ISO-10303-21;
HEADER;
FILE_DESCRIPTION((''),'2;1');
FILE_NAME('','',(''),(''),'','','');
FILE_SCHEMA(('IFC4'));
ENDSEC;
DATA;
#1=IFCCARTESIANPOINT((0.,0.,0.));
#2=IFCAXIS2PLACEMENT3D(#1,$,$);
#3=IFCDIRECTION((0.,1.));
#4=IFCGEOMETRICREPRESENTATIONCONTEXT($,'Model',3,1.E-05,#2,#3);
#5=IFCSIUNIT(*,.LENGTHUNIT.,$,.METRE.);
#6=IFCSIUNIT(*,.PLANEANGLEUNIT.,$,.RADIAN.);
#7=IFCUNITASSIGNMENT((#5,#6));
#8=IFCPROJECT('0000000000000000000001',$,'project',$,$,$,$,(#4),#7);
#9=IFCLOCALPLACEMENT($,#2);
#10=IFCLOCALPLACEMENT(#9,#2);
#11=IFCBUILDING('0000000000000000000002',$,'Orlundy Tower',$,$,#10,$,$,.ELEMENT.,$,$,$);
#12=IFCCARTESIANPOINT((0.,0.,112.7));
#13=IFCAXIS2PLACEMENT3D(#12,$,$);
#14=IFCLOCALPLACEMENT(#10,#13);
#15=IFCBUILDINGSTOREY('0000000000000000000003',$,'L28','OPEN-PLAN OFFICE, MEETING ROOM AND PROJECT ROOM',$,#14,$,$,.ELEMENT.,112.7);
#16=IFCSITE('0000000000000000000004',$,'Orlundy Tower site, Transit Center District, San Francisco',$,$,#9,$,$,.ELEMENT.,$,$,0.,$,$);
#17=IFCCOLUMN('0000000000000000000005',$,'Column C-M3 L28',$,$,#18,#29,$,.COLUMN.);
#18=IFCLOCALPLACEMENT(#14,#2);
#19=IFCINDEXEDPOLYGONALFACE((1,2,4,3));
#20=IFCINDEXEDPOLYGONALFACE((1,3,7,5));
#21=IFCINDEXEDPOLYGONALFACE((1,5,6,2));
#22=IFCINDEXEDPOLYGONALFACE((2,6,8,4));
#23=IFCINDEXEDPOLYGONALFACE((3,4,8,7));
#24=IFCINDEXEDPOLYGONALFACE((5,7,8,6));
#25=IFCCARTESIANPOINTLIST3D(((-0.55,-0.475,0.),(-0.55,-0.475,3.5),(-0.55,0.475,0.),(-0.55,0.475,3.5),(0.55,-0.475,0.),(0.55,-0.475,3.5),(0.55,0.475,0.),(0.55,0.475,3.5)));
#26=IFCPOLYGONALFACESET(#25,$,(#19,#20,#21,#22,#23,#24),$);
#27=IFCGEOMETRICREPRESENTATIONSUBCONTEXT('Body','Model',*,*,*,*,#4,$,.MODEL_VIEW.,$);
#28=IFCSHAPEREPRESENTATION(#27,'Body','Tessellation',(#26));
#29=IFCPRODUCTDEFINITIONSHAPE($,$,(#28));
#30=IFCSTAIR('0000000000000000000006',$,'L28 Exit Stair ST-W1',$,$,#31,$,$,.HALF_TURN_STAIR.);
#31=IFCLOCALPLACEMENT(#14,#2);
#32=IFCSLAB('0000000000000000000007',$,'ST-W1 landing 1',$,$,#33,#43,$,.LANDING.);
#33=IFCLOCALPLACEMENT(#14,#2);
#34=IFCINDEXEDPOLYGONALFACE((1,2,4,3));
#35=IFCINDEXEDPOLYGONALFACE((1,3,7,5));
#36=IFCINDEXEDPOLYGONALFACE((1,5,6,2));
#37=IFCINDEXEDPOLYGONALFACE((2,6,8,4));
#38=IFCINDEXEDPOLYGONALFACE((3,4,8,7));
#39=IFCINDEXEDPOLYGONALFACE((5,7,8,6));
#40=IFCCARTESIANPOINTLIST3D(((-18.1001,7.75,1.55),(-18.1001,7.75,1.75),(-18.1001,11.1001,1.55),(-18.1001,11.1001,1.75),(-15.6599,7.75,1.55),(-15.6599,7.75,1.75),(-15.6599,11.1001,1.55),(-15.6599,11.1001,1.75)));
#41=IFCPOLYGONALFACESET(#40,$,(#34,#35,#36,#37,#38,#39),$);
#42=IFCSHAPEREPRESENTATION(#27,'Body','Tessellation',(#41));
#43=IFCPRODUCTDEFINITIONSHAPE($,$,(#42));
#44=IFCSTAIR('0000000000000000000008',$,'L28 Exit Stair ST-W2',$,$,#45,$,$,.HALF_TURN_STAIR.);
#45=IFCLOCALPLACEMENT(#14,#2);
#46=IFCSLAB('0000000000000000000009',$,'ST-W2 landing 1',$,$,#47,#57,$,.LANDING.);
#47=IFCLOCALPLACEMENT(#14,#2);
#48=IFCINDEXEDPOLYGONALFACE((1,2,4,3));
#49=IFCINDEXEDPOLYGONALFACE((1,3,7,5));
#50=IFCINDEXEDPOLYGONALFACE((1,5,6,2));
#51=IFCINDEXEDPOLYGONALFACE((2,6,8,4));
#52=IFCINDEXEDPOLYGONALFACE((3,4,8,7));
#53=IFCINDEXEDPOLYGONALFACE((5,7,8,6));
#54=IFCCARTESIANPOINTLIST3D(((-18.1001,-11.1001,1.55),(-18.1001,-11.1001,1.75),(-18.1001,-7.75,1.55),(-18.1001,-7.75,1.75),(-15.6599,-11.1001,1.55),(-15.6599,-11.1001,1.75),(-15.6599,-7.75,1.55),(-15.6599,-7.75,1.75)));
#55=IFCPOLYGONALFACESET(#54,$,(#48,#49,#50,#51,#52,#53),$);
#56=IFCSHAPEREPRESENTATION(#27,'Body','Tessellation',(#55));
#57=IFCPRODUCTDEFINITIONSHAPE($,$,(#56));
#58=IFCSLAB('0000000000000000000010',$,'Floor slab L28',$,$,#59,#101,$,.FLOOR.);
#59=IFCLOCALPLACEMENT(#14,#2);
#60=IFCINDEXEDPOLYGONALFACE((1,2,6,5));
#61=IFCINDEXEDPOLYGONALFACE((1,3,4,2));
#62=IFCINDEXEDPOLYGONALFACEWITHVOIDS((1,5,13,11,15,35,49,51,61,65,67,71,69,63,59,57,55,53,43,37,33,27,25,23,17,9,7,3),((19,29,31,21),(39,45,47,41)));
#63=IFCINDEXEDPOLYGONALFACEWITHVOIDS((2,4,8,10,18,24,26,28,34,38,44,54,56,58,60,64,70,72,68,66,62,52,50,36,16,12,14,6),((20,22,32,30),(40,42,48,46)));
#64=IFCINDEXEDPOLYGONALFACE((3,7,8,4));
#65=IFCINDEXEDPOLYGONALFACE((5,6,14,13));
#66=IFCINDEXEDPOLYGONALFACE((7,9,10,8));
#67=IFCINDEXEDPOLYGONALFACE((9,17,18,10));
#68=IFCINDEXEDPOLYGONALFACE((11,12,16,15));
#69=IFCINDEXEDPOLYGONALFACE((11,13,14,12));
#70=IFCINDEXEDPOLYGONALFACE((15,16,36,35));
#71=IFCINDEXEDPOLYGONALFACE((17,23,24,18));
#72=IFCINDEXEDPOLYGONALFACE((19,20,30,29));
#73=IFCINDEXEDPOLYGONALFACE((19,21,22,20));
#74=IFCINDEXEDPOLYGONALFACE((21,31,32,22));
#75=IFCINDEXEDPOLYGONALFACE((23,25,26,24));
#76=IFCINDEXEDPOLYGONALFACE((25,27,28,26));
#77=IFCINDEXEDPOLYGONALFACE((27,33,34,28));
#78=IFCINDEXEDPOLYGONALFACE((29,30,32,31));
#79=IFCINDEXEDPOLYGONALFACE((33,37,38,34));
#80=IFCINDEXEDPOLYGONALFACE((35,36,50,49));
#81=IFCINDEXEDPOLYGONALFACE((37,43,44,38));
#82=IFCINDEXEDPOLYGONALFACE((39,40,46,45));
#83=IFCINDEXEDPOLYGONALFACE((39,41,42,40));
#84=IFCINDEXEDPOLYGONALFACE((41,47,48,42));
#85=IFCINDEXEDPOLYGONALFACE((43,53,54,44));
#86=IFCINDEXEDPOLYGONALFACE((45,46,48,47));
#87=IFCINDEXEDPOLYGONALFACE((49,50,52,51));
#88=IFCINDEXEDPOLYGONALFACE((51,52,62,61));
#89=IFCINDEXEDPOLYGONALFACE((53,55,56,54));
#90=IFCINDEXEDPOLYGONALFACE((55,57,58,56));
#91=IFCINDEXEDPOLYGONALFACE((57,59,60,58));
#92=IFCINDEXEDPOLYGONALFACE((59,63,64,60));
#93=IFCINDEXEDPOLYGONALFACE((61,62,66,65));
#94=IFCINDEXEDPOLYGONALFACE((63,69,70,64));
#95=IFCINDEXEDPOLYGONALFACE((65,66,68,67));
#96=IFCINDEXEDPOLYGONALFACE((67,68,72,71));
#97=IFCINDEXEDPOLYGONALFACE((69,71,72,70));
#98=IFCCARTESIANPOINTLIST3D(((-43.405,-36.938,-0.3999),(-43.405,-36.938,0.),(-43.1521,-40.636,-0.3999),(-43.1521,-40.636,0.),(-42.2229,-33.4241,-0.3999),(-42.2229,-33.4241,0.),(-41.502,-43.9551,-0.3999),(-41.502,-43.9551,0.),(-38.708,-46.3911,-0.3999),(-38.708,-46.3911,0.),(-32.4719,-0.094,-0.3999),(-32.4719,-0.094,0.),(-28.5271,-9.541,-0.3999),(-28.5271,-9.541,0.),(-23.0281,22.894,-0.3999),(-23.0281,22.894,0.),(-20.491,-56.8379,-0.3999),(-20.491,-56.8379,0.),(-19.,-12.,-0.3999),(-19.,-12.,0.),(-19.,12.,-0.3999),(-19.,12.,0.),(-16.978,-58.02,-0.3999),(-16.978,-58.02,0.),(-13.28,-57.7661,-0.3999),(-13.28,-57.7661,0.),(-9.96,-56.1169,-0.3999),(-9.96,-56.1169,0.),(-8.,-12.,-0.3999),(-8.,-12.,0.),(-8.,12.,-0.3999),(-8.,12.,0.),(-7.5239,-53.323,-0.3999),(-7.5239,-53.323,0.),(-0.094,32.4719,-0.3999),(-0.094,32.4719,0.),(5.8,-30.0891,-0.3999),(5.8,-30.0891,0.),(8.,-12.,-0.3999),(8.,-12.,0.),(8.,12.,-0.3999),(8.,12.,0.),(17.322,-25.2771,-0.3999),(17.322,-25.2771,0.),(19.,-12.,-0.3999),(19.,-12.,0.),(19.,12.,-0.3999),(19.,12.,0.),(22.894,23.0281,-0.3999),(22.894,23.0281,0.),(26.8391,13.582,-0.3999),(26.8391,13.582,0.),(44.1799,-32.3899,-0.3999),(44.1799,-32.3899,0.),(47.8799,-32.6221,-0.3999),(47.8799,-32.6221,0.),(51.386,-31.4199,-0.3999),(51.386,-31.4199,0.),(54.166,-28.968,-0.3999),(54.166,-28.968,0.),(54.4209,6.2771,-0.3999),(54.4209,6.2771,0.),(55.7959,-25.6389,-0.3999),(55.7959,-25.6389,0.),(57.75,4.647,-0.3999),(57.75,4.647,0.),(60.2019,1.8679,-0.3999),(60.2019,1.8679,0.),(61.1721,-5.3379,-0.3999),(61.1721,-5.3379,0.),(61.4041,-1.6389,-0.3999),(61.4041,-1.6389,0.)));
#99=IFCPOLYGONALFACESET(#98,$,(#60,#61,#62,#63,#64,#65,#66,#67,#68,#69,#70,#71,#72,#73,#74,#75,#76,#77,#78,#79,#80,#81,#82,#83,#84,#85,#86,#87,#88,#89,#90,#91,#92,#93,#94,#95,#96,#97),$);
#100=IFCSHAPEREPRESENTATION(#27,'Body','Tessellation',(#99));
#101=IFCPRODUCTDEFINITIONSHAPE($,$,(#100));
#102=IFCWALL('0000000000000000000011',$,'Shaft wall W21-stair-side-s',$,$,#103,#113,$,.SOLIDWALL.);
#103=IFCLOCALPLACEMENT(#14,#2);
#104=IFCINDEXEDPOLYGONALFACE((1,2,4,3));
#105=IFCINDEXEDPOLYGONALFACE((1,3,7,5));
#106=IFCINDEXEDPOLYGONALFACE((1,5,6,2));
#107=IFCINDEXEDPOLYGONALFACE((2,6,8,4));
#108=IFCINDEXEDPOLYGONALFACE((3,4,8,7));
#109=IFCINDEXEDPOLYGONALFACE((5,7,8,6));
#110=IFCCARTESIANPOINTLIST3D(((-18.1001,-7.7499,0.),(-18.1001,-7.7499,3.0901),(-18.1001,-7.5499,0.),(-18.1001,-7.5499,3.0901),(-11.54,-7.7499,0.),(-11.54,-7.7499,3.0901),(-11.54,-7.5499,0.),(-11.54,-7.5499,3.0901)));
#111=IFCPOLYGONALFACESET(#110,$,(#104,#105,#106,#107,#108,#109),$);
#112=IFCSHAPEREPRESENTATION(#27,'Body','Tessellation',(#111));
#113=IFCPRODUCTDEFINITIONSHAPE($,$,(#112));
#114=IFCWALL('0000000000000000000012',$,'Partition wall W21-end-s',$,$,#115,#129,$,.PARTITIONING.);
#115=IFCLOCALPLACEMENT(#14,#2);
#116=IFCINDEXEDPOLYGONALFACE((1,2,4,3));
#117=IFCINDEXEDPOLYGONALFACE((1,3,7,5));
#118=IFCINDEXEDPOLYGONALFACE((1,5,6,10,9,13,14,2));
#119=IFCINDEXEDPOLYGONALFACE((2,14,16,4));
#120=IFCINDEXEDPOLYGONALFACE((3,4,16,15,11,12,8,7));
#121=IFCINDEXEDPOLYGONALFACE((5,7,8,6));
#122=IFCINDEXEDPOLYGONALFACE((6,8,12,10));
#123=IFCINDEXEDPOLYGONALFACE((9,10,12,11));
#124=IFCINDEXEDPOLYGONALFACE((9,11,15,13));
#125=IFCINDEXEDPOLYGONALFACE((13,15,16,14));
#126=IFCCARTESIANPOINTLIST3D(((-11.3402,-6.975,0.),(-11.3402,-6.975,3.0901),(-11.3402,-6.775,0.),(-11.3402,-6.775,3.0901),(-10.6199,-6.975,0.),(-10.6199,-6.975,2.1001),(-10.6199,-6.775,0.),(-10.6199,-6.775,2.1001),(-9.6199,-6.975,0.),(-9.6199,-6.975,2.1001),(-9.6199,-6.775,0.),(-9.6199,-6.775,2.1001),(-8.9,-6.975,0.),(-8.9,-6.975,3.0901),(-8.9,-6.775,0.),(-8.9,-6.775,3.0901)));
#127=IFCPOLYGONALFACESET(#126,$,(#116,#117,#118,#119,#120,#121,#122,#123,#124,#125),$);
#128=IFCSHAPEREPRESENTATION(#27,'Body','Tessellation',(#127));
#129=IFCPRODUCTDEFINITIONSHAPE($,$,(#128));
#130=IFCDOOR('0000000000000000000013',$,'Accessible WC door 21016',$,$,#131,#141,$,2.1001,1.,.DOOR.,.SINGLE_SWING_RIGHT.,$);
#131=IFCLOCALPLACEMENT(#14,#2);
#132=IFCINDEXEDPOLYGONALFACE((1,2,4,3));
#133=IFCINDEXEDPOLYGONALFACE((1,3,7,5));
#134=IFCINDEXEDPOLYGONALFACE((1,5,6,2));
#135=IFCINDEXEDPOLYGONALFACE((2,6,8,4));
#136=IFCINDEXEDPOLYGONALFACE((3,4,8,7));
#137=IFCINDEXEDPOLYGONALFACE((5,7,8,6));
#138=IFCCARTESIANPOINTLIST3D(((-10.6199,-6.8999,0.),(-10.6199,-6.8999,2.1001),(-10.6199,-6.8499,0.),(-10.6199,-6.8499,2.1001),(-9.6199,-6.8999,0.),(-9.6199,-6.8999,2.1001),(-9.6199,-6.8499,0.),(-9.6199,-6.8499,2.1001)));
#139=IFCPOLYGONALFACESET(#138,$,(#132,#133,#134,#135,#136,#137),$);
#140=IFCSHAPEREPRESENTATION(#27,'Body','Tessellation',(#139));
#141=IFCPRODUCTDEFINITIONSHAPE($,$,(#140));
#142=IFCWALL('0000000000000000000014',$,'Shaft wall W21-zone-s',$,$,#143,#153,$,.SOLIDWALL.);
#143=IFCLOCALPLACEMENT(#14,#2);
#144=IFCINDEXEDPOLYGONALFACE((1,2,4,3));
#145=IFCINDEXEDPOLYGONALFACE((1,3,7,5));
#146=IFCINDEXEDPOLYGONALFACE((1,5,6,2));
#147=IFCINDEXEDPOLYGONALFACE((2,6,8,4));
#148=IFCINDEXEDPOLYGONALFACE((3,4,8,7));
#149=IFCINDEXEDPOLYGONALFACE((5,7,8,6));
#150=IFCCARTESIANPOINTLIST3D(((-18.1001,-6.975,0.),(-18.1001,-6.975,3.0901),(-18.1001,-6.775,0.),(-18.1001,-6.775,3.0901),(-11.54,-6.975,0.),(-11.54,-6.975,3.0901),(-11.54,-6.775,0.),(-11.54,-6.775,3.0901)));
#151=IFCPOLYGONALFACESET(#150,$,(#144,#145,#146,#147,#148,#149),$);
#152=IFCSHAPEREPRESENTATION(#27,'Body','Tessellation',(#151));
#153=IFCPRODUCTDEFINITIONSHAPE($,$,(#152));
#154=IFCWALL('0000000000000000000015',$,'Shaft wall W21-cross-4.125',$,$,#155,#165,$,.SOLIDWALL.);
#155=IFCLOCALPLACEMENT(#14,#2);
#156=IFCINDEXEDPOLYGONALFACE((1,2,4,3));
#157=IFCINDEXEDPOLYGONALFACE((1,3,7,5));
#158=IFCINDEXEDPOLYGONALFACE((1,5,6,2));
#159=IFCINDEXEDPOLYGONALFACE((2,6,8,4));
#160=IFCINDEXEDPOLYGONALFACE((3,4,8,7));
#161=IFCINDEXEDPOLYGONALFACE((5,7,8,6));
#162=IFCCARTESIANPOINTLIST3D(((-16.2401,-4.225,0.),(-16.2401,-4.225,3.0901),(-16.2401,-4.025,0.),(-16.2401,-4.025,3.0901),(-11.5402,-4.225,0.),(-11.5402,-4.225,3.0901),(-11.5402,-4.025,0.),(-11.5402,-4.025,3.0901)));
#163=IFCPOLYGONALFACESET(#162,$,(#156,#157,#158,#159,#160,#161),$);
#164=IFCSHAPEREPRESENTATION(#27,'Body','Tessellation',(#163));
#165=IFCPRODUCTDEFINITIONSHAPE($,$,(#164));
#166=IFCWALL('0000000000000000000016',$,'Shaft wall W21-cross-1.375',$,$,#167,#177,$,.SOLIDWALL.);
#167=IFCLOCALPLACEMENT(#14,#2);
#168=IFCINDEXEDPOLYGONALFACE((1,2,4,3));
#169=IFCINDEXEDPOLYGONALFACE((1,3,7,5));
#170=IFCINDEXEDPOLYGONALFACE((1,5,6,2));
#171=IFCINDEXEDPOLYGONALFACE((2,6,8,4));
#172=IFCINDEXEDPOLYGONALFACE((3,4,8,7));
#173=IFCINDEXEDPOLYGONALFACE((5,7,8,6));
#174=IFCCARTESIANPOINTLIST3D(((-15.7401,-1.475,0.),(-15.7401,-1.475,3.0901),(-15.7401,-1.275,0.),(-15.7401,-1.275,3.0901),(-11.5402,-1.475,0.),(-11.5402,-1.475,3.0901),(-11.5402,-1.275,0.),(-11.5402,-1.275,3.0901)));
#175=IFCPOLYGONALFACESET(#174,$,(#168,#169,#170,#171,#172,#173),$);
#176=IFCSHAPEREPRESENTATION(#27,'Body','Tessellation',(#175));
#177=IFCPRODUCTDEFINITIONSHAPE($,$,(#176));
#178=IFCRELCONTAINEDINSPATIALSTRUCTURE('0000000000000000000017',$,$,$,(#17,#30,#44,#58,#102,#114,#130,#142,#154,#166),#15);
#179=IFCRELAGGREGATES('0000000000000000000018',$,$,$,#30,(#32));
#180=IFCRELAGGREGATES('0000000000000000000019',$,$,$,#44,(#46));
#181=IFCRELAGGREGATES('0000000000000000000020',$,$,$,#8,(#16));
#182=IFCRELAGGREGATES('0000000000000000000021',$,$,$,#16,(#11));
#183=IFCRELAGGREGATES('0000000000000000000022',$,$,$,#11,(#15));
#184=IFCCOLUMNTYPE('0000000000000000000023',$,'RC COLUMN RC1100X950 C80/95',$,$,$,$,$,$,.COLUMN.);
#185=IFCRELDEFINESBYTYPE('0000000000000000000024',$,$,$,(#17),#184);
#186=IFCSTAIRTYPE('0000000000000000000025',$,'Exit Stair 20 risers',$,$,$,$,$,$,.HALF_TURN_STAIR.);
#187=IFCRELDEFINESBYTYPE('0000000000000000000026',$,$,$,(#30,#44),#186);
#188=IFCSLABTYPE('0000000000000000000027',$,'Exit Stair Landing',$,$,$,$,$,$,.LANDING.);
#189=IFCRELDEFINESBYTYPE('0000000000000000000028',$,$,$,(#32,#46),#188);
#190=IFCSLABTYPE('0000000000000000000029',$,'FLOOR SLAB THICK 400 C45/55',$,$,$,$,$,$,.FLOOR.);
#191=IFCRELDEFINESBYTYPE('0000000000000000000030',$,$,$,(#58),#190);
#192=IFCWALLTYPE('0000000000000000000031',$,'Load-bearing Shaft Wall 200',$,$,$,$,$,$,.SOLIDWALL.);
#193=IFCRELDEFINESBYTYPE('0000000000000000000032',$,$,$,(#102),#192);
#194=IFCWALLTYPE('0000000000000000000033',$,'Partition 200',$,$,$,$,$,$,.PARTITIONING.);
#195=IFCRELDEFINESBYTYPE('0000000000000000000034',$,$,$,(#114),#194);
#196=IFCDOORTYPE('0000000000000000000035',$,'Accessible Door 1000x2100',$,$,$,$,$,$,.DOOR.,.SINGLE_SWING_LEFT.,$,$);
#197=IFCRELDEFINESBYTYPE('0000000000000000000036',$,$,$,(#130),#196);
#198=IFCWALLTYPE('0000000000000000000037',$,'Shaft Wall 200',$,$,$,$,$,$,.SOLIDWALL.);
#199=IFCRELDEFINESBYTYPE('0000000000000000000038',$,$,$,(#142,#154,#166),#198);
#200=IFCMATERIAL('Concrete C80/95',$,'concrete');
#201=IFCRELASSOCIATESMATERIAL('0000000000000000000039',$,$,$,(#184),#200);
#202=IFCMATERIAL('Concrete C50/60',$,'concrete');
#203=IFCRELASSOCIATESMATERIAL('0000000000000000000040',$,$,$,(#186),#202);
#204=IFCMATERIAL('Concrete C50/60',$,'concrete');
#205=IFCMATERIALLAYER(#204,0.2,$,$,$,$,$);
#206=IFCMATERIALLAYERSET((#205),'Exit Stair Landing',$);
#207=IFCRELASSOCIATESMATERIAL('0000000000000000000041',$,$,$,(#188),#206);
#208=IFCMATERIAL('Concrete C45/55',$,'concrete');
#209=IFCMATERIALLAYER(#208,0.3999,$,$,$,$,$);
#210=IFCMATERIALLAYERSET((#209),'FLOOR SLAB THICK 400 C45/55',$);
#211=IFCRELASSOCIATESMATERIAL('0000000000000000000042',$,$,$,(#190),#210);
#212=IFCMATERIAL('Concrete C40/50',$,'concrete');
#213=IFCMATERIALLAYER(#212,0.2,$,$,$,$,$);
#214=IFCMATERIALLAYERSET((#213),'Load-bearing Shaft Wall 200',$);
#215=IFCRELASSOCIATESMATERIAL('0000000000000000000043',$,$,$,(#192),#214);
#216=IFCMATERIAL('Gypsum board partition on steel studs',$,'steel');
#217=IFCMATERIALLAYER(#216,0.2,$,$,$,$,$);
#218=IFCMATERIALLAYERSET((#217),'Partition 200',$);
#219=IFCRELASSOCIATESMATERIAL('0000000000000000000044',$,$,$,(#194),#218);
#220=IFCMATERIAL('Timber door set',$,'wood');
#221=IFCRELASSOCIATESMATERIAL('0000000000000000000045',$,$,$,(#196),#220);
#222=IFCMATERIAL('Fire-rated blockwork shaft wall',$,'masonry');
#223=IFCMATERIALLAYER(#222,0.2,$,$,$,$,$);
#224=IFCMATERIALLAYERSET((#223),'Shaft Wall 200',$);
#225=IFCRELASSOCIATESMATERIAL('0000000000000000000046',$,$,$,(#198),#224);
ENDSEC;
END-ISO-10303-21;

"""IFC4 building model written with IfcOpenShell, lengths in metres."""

from ifc_helpers import new_model, si_unit, direction, frame, frame_2d, origin, origin_with_axes, origin_2d, place, context, subcontext, project, spatial, polyline, rectangle, outline, extrude, material, layer, layer_set, material_profile, profile_set, type_object, element, fill, aggregate, save


model = new_model("IFC4")

# Units and contexts
model_context = context("Model", 3, precision=1e-05, world=origin(), true_north=direction((0.0, 1.0)))
body_context = subcontext(model_context, "Body", "Model", "MODEL_VIEW")
ifc_project = project(units=[si_unit("LENGTHUNIT", "METRE"), si_unit("PLANEANGLEUNIT", "RADIAN")], contexts=[model_context])

# Site, building, storey
site_placement = place(None, origin())
site = spatial("IfcSite", under=ifc_project, at=site_placement, Name="Orlundy Tower site, Transit Center District, San Francisco", CompositionType="ELEMENT", RefElevation=0.0)
building_placement = place(site_placement, origin())
building = spatial("IfcBuilding", under=site, at=building_placement, Name="Orlundy Tower", CompositionType="ELEMENT")
storey_placement = place(building_placement, frame((0.0, 0.0, 112.7)))
storey = spatial("IfcBuildingStorey", under=building, at=storey_placement, Name="L28", Description="OPEN-PLAN OFFICE, MEETING ROOM AND PROJECT ROOM", CompositionType="ELEMENT", Elevation=112.7)

# Column
ifc_material_1 = material(Name="Concrete C80/95", Category="concrete")
ifc_material_profile = material_profile(ifc_material_1, rectangle(XDim=1.1001, YDim=0.95, at=origin_2d()), Name="RC1100X950")
ifc_profile_set = profile_set([ifc_material_profile], Name="Concrete C80/95")
column_type = type_object("IfcColumnType", Name="RC COLUMN RC1100X950 C80/95", PredefinedType="COLUMN", material=ifc_profile_set)
column_placement = place(storey_placement, origin_with_axes())
element("IfcColumn", 1, at=column_placement, inside=storey, type_object=column_type, Name="Column C-M3 L28", PredefinedType="COLUMN", context=body_context, shape_type="SweptSolid", body=[
    extrude(rectangle(XDim=1.1001, YDim=0.95, at=origin_2d()), origin(), (0.0, 0.0, 1.0), 3.5),
])

# Stairs, slabs
ifc_material_2 = material(Name="Concrete C50/60", Category="concrete")
stair_type = type_object("IfcStairType", Name="Exit Stair 20 risers", PredefinedType="HALF_TURN_STAIR", material=ifc_material_2)
stair_1_placement = place(storey_placement, origin())
stair_1 = element("IfcStair", 2, at=stair_1_placement, inside=storey, type_object=stair_type, Name="L28 Exit Stair ST-W1", PredefinedType="HALF_TURN_STAIR")
ifc_material_3 = material(Name="Concrete C50/60", Category="concrete")
ifc_layer_1 = layer(ifc_material_3, 0.2)
ifc_layer_set_1 = layer_set([ifc_layer_1], Name="Exit Stair Landing")
slab_type_1 = type_object("IfcSlabType", Name="Exit Stair Landing", PredefinedType="LANDING", material=ifc_layer_set_1)
slab_1_placement = place(storey_placement, frame((0.0, 0.0, 1.55)))
slab_1 = element("IfcSlab", 3, at=slab_1_placement, type_object=slab_type_1, Name="ST-W1 landing 1", PredefinedType="LANDING", context=body_context, shape_type="SweptSolid", body=[
    extrude(outline(polyline([(-15.6599, 11.1001), (-18.1001, 11.1001), (-18.1001, 7.75), (-15.6599, 7.75), (-15.6599, 11.1001)])), origin(), (0.0, 0.0, 1.0), 0.2),
])
aggregate(stair_1, [slab_1])
stair_2_placement = place(storey_placement, origin())
stair_2 = element("IfcStair", 4, at=stair_2_placement, inside=storey, type_object=stair_type, Name="L28 Exit Stair ST-W2", PredefinedType="HALF_TURN_STAIR")
slab_2_placement = place(storey_placement, frame((0.0, 0.0, 1.55)))
slab_2 = element("IfcSlab", 5, at=slab_2_placement, type_object=slab_type_1, Name="ST-W2 landing 1", PredefinedType="LANDING", context=body_context, shape_type="SweptSolid", body=[
    extrude(outline(polyline([(-15.6599, -7.75), (-18.1001, -7.75), (-18.1001, -11.1001), (-15.6599, -11.1001), (-15.6599, -7.75)])), origin(), (0.0, 0.0, 1.0), 0.2),
])
aggregate(stair_2, [slab_2])

# Slab
ifc_material_4 = material(Name="Concrete C45/55", Category="concrete")
ifc_layer_2 = layer(ifc_material_4, 0.3999)
ifc_layer_set_2 = layer_set([ifc_layer_2], Name="FLOOR SLAB THICK 400 C45/55")
slab_type_2 = type_object("IfcSlabType", Name="FLOOR SLAB THICK 400 C45/55", PredefinedType="FLOOR", material=ifc_layer_set_2)
slab_3_placement = place(storey_placement, frame((0.0, 0.0, -0.3999)))
element("IfcSlab", 6, at=slab_3_placement, inside=storey, type_object=slab_type_2, Name="Floor slab L28", PredefinedType="FLOOR", context=body_context, shape_type="SweptSolid", body=[
    extrude(outline(polyline([(17.322, -25.2771), (5.8, -30.0891), (-7.5239, -53.323), (-9.96, -56.1169), (-13.28, -57.7661), (-16.978, -58.02), (-20.491, -56.8379), (-38.708, -46.3911), (-41.502, -43.9551), (-43.1521, -40.636), (-43.405, -36.938), (-42.2229, -33.4241), (-28.5271, -9.541), (-32.4719, -0.094), (-23.0281, 22.894), (-0.094, 32.4719), (22.894, 23.0281), (26.8391, 13.582), (54.4209, 6.2771), (57.75, 4.647), (60.2019, 1.8679), (61.4041, -1.6389), (61.1721, -5.3379), (55.7959, -25.6389), (54.166, -28.968), (51.386, -31.4199), (47.8799, -32.6221), (44.1799, -32.3899), (17.322, -25.2771)]), holes=[polyline([(-8.0, -12.0), (-8.0, 12.0), (-19.0, 12.0), (-19.0, -12.0), (-8.0, -12.0)]), polyline([(19.0, -12.0), (19.0, 12.0), (8.0, 12.0), (8.0, -12.0), (19.0, -12.0)])]), origin(), (0.0, 0.0, 1.0), 0.3999),
])

# Wall
ifc_material_5 = material(Name="Concrete C40/50", Category="concrete")
ifc_layer_3 = layer(ifc_material_5, 0.2)
ifc_layer_set_3 = layer_set([ifc_layer_3], Name="Load-bearing Shaft Wall 200")
wall_type_1 = type_object("IfcWallType", Name="Load-bearing Shaft Wall 200", PredefinedType="SOLIDWALL", material=ifc_layer_set_3)
wall_1_placement = place(storey_placement, frame((-11.54, -7.6499, 0.0), z_axis=(0.0, 0.0, 1.0), x_axis=(-1.0, 0.0, 0.0)))
element("IfcWall", 7, at=wall_1_placement, inside=storey, type_object=wall_type_1, Name="Shaft wall W21-stair-side-s", PredefinedType="SOLIDWALL", context=body_context, shape_type="SweptSolid", body=[
    extrude(rectangle(XDim=6.5601, YDim=0.2, at=frame_2d((3.28, 0.0))), origin(), (0.0, 0.0, 1.0), 3.0901),
])

# Wall, opening, door
ifc_material_6 = material(Name="Gypsum board partition on steel studs", Category="steel")
ifc_layer_4 = layer(ifc_material_6, 0.2)
ifc_layer_set_4 = layer_set([ifc_layer_4], Name="Partition 200")
wall_type_2 = type_object("IfcWallType", Name="Partition 200", PredefinedType="PARTITIONING", material=ifc_layer_set_4)
wall_2_placement = place(storey_placement, frame((-8.8999, -6.875, 0.0), z_axis=(0.0, 0.0, 1.0), x_axis=(-1.0, 0.0, 0.0)))
wall_2 = element("IfcWall", 8, at=wall_2_placement, inside=storey, type_object=wall_type_2, Name="Partition wall W21-end-s", PredefinedType="PARTITIONING", context=body_context, shape_type="SweptSolid", body=[
    extrude(rectangle(XDim=2.4402, YDim=0.2, at=frame_2d((1.2202, 0.0))), origin(), (0.0, 0.0, 1.0), 3.0901),
])
opening_1_placement = place(wall_2_placement, frame((0.72, 0.0, 0.0)))
opening_1 = element("IfcOpeningElement", 9, at=opening_1_placement, cuts=wall_2, PredefinedType="OPENING", context=body_context, shape_type="SweptSolid", body=[
    extrude(rectangle(XDim=1.0, YDim=2.1001, at=frame_2d((0.5, 1.05))), frame((0.0, 0.1101, 0.0), z_axis=(0.0, -1.0, 0.0), x_axis=(1.0, 0.0, 0.0)), (0.0, 0.0, 1.0), 0.2202),
])
ifc_material_7 = material(Name="Timber door set", Category="wood")
door_type_1 = type_object("IfcDoorType", Name="Accessible Door 1000x2100", OperationType="SINGLE_SWING_LEFT", PredefinedType="DOOR", material=ifc_material_7)
door_1_placement = place(opening_1_placement, origin())
door_1 = element("IfcDoor", 10, at=door_1_placement, inside=storey, type_object=door_type_1, Name="Accessible WC door 21016", OperationType="SINGLE_SWING_RIGHT", OverallHeight=2.1001, OverallWidth=1.0, PredefinedType="DOOR", context=body_context, shape_type="SweptSolid", body=[
    extrude(rectangle(XDim=1.0, YDim=2.1001, at=frame_2d((0.5, 1.05))), frame((0.0, 0.0249, 0.0), z_axis=(0.0, -1.0, 0.0), x_axis=(1.0, 0.0, 0.0)), (0.0, 0.0, 1.0), 0.05),
])
fill(opening_1, door_1)

# Walls
ifc_material_8 = material(Name="Fire-rated blockwork shaft wall", Category="masonry")
ifc_layer_5 = layer(ifc_material_8, 0.2)
ifc_layer_set_5 = layer_set([ifc_layer_5], Name="Shaft Wall 200")
wall_type_3 = type_object("IfcWallType", Name="Shaft Wall 200", PredefinedType="SOLIDWALL", material=ifc_layer_set_5)
wall_3_placement = place(storey_placement, frame((-11.54, -6.875, 0.0), z_axis=(0.0, 0.0, 1.0), x_axis=(-1.0, 0.0, 0.0)))
element("IfcWall", 11, at=wall_3_placement, inside=storey, type_object=wall_type_3, Name="Shaft wall W21-zone-s", PredefinedType="SOLIDWALL", context=body_context, shape_type="SweptSolid", body=[
    extrude(rectangle(XDim=6.5601, YDim=0.2, at=frame_2d((3.28, 0.0))), origin(), (0.0, 0.0, 1.0), 3.0901),
])
wall_4_placement = place(storey_placement, frame((-11.54, -4.125, 0.0), z_axis=(0.0, 0.0, 1.0), x_axis=(-1.0, 0.0, 0.0)))
element("IfcWall", 12, at=wall_4_placement, inside=storey, type_object=wall_type_3, Name="Shaft wall W21-cross-4.125", PredefinedType="SOLIDWALL", context=body_context, shape_type="SweptSolid", body=[
    extrude(rectangle(XDim=4.7, YDim=0.2, at=frame_2d((2.3501, 0.0))), origin(), (0.0, 0.0, 1.0), 3.0901),
])
wall_5_placement = place(storey_placement, frame((-11.54, -1.375, 0.0), z_axis=(0.0, 0.0, 1.0), x_axis=(-1.0, 0.0, 0.0)))
element("IfcWall", 13, at=wall_5_placement, inside=storey, type_object=wall_type_3, Name="Shaft wall W21-cross-1.375", PredefinedType="SOLIDWALL", context=body_context, shape_type="SweptSolid", body=[
    extrude(rectangle(XDim=4.2, YDim=0.2, at=frame_2d((2.1001, 0.0))), origin(), (0.0, 0.0, 1.0), 3.0901),
])

save(model, "model.ifc")
